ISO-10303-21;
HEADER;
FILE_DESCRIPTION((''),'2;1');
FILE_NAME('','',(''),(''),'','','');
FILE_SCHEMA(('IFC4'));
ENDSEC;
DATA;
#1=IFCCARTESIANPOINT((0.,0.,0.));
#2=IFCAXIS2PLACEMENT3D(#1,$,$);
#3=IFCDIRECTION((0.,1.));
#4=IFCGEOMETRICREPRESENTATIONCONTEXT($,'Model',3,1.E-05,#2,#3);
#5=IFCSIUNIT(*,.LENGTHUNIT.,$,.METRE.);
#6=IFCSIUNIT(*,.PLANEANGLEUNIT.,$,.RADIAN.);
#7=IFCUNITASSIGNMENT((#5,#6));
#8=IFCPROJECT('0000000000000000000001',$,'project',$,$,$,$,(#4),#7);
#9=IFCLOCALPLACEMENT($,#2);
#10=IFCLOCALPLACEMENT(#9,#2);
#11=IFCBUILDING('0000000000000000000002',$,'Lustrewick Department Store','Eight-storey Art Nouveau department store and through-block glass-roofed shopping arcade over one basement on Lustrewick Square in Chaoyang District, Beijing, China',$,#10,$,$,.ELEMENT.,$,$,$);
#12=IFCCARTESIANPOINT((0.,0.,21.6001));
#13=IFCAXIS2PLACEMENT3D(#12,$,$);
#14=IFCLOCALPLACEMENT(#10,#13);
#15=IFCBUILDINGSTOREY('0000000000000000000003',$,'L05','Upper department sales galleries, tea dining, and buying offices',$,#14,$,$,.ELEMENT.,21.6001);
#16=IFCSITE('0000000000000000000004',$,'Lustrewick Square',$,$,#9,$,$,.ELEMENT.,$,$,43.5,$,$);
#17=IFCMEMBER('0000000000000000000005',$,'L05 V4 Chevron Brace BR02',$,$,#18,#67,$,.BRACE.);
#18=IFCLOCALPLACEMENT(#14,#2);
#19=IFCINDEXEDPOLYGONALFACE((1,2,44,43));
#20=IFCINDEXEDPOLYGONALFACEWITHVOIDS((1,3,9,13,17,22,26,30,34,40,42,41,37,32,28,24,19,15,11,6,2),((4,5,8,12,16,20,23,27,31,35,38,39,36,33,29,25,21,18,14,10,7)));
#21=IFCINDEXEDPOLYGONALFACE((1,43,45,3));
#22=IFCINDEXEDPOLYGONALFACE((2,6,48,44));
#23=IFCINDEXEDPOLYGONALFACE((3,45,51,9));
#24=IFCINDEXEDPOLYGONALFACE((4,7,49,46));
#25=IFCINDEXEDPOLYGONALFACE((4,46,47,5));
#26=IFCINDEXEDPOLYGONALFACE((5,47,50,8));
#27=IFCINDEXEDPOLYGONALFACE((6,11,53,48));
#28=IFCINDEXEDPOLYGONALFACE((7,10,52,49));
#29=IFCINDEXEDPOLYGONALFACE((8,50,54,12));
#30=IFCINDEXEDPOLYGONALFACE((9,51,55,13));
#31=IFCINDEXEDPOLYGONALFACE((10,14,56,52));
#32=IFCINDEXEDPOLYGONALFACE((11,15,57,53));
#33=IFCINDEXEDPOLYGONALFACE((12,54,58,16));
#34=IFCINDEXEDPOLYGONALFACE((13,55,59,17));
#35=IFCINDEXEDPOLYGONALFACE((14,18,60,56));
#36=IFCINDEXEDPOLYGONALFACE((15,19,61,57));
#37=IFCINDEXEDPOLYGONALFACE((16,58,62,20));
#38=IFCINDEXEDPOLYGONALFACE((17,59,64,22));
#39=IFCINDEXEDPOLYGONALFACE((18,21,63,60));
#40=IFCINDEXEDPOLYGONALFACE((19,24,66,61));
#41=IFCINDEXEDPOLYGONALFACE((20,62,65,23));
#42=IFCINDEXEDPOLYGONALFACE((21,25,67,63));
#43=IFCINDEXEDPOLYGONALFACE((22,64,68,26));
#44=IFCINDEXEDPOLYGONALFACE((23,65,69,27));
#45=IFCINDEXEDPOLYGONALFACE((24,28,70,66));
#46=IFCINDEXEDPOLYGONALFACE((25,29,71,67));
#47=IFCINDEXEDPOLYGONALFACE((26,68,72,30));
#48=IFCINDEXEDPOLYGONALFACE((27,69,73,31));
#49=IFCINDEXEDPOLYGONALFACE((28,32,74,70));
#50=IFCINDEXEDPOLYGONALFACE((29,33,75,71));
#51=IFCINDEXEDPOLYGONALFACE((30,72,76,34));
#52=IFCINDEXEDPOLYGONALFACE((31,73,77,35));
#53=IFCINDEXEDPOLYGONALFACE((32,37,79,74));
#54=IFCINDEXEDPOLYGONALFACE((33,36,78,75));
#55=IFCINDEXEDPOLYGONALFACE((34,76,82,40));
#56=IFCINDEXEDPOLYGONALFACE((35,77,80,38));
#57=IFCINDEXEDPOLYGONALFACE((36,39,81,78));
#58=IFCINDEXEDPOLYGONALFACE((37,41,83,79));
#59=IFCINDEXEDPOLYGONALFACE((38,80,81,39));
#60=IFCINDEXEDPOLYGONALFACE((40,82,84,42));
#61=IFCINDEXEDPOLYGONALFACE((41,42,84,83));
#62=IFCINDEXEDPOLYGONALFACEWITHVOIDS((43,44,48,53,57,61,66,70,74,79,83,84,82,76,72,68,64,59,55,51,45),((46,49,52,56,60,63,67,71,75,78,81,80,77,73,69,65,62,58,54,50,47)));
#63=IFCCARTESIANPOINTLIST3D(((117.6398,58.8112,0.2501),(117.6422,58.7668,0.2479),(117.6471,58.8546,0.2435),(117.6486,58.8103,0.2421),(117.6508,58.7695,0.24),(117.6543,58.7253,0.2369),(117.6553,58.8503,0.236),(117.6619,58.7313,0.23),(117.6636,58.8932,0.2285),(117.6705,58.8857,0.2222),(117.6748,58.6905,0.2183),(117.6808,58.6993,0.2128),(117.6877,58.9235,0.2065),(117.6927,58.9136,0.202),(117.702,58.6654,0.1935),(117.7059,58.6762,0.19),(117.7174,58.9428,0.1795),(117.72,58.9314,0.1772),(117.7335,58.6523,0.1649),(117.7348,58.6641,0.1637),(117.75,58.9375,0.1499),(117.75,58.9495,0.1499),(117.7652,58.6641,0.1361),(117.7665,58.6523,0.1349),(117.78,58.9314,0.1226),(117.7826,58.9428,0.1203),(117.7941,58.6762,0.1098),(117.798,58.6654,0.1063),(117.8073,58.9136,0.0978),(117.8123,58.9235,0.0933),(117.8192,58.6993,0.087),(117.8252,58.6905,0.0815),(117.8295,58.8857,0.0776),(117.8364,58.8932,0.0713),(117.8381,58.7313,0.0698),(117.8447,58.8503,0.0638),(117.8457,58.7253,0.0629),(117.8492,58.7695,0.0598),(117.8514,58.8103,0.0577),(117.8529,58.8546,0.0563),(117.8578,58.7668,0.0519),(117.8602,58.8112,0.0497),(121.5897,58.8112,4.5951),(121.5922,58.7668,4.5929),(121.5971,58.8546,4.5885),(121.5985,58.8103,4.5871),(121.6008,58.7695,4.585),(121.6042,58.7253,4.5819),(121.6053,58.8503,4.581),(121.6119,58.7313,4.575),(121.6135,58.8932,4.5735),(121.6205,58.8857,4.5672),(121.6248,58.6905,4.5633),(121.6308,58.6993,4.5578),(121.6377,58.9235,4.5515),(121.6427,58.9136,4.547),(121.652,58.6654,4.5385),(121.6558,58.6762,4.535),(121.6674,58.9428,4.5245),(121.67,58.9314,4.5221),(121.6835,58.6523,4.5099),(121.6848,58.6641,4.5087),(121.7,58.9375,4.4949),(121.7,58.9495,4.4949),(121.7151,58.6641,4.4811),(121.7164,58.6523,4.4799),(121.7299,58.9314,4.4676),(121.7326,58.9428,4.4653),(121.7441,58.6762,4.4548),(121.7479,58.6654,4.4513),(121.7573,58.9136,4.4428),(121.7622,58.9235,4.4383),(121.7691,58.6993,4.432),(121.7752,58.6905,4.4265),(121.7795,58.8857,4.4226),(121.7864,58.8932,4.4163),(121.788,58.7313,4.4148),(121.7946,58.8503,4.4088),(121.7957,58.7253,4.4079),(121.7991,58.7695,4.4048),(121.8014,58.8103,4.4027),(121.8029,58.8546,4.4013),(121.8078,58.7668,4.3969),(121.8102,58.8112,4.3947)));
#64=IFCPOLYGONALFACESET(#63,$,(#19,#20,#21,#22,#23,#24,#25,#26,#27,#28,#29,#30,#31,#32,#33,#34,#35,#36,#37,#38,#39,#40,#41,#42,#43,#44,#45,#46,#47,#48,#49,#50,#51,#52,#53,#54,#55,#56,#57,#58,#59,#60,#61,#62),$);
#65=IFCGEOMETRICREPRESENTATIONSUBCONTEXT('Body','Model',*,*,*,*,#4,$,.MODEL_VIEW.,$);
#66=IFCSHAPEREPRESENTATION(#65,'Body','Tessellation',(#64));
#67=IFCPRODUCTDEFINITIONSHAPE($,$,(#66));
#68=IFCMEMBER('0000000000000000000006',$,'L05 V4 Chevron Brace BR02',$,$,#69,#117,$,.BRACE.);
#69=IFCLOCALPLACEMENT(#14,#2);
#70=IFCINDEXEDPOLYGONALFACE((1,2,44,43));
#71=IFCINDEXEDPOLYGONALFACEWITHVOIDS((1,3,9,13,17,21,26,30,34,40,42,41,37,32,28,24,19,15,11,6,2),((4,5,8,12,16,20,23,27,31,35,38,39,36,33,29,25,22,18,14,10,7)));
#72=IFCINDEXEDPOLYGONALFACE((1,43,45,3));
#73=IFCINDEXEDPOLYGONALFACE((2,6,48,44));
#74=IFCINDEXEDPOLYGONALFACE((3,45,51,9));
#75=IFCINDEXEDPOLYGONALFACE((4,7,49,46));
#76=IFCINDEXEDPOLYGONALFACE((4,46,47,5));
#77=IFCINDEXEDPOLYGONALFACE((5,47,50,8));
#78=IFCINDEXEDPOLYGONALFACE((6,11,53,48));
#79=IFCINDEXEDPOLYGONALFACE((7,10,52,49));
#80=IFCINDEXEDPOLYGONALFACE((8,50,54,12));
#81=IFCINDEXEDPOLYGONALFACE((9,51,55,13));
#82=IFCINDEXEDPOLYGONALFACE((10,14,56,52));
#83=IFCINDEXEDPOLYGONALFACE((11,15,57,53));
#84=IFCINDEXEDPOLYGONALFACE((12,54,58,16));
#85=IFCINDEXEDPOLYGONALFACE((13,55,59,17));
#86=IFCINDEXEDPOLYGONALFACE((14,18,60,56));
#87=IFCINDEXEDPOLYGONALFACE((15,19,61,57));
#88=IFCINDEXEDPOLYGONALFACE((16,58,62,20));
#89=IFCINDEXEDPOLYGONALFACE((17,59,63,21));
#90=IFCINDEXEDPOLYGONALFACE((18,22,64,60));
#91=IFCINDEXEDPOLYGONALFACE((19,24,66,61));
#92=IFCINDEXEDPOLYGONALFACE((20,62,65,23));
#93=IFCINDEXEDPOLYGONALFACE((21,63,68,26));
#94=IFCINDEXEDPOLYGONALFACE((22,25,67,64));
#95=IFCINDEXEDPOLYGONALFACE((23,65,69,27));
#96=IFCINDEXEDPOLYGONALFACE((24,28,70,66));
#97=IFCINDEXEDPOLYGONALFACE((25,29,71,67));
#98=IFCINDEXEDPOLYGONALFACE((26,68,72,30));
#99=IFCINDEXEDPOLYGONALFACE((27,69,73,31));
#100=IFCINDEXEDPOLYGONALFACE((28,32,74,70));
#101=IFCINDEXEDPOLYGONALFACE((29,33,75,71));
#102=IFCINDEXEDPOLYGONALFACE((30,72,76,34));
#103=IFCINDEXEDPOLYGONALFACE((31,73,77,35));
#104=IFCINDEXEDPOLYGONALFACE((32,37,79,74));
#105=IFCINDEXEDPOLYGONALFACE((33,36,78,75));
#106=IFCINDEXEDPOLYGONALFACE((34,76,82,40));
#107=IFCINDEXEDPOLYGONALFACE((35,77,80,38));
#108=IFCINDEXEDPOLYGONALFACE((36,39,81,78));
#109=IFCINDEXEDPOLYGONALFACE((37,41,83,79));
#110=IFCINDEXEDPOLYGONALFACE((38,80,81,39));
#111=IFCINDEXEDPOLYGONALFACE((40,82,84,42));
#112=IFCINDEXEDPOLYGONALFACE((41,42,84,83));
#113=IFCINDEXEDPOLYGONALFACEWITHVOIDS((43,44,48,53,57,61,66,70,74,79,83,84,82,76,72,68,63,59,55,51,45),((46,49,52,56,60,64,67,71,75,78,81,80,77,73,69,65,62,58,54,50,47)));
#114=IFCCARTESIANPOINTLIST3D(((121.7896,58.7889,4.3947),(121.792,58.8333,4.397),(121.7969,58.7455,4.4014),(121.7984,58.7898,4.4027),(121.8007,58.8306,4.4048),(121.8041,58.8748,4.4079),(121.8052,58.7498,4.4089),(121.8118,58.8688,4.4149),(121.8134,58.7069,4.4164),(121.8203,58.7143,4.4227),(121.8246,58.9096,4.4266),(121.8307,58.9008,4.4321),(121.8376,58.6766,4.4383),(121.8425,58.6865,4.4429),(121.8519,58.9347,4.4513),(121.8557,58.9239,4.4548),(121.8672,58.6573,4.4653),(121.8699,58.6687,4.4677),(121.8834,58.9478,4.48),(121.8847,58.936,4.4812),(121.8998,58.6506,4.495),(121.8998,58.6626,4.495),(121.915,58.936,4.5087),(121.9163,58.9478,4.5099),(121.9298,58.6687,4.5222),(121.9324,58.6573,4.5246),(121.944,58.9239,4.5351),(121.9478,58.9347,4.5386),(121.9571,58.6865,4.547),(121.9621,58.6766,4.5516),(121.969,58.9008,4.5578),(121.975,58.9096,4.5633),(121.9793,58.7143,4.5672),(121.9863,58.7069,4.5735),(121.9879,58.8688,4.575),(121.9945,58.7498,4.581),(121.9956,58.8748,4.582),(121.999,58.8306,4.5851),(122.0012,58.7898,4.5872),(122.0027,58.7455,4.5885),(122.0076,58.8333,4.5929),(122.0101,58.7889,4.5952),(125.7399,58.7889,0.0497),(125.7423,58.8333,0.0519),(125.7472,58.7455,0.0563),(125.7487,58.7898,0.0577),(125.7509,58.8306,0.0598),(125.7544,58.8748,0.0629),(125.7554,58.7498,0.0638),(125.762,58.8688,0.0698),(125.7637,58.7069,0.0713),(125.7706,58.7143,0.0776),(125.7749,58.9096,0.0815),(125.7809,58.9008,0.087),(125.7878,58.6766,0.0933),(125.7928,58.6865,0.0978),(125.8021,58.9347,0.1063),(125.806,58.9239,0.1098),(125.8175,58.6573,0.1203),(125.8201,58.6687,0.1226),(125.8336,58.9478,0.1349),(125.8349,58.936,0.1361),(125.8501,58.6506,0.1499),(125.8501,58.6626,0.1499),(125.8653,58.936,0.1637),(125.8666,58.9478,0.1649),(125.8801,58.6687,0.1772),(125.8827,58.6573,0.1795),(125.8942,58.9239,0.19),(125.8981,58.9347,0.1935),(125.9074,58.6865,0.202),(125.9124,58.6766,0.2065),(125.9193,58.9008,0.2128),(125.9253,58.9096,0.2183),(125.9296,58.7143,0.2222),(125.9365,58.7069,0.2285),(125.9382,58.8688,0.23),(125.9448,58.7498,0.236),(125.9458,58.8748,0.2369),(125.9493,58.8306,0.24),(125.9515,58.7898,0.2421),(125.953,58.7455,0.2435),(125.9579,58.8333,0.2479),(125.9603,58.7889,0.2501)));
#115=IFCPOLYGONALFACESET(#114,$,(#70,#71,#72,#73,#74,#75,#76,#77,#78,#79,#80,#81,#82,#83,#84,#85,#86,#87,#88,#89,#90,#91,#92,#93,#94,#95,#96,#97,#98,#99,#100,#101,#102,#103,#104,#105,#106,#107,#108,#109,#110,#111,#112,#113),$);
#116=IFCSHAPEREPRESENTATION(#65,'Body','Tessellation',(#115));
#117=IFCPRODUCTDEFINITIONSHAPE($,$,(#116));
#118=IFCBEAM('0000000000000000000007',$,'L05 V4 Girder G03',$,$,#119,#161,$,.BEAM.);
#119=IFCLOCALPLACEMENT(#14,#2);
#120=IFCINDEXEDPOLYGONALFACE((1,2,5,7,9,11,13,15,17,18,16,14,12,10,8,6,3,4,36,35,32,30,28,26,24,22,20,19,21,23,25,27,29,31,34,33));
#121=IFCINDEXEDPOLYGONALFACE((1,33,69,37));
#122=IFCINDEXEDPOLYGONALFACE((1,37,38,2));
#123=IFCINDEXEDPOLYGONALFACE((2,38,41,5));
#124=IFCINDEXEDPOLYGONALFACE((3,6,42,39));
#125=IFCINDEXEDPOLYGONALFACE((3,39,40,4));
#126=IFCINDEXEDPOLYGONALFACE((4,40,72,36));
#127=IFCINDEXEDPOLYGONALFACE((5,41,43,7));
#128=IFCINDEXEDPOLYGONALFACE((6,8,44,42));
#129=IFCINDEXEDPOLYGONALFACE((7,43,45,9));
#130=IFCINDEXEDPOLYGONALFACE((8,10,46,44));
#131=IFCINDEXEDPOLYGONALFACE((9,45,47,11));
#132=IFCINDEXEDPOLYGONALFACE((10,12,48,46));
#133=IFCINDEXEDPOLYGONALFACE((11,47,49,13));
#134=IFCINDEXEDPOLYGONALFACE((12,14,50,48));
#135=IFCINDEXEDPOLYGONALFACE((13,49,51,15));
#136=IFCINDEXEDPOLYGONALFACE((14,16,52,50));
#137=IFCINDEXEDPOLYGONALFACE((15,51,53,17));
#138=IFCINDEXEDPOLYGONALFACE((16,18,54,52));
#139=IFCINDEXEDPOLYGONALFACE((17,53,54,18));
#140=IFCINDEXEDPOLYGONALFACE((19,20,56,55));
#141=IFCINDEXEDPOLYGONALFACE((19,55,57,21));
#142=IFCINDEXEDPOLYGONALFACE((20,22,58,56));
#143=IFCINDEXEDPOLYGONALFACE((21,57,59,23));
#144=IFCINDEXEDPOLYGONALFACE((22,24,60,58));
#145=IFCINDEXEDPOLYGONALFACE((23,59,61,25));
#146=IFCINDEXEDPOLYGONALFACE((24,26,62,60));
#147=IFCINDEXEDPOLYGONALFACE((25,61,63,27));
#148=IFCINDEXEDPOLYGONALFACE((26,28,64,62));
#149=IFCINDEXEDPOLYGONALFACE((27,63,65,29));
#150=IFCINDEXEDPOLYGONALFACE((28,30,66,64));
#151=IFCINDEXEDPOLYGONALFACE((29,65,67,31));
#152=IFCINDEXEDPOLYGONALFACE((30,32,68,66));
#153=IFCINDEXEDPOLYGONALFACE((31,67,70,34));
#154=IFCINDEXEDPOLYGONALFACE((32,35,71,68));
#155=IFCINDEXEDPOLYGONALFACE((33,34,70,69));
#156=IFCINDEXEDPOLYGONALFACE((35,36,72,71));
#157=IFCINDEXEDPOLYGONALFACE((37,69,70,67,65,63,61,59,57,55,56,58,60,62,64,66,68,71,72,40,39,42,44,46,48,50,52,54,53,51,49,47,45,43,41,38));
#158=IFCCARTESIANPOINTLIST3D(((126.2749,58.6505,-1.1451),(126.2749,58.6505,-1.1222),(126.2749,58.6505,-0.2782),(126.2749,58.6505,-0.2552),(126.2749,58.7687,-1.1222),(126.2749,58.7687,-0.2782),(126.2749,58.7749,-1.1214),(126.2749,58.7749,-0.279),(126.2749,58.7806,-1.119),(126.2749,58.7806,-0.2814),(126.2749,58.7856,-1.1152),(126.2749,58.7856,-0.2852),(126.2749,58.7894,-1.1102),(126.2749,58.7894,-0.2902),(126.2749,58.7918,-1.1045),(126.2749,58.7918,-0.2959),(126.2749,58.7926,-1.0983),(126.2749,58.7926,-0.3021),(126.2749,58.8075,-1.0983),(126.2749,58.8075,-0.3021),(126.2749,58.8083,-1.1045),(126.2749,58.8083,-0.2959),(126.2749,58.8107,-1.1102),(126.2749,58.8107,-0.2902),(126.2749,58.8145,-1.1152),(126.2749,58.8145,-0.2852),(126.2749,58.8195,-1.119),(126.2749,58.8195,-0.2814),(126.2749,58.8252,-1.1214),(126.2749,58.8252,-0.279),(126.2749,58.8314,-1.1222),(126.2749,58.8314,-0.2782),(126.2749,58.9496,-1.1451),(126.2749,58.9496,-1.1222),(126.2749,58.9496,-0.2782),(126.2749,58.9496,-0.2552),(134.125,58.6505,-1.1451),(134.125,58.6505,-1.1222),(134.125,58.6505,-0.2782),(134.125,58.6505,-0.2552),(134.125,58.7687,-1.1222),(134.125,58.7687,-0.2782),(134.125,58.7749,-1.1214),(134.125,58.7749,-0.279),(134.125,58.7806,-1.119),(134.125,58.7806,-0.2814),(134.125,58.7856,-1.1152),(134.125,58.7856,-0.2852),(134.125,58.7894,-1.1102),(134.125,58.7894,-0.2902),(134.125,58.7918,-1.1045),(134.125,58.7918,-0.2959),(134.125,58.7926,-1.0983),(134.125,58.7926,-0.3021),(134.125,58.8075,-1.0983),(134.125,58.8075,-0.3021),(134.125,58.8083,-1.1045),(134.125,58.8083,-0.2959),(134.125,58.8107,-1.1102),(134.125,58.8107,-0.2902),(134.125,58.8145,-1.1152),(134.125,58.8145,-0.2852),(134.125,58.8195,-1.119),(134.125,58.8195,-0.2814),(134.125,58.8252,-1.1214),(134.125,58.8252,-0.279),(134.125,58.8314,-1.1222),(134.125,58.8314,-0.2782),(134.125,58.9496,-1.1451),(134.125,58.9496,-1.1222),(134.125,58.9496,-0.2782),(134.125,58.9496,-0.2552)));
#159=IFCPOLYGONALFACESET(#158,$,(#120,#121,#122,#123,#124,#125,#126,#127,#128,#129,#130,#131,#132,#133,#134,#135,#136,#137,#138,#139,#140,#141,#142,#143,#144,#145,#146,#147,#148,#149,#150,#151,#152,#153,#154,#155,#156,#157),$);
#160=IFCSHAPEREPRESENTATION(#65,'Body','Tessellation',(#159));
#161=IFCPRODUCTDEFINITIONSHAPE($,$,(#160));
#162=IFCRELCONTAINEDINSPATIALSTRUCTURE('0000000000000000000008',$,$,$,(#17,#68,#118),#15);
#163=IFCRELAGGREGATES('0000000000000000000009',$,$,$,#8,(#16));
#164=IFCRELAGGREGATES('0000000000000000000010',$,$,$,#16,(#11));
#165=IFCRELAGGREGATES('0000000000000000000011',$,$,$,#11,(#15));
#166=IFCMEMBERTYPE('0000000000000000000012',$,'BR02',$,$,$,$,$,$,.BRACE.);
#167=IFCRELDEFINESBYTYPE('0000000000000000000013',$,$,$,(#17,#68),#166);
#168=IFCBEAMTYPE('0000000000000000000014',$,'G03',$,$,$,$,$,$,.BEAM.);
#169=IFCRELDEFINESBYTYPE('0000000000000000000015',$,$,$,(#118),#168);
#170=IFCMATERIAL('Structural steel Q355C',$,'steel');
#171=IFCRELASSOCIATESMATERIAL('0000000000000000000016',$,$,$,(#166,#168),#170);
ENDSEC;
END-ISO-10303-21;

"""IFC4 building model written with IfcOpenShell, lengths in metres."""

from ifc_helpers import new_model, si_unit, direction, frame, origin, origin_2d, place, context, subcontext, project, spatial, hollow_circle, i_section, extrude, material, material_profile, profile_set, type_object, element, save


model = new_model("IFC4")

# Units and contexts
model_context = context("Model", 3, precision=1e-05, world=origin(), true_north=direction((0.0, 1.0)))
body_context = subcontext(model_context, "Body", "Model", "MODEL_VIEW")
ifc_project = project(units=[si_unit("LENGTHUNIT", "METRE"), si_unit("PLANEANGLEUNIT", "RADIAN")], contexts=[model_context])

# Site, building, storey
site_placement = place(None, origin())
site = spatial("IfcSite", under=ifc_project, at=site_placement, Name="Lustrewick Square", CompositionType="ELEMENT", RefElevation=43.5)
building_placement = place(site_placement, origin())
building = spatial("IfcBuilding", under=site, at=building_placement, Name="Lustrewick Department Store", Description="Eight-storey Art Nouveau department store and through-block glass-roofed shopping arcade over one basement on Lustrewick Square in Chaoyang District, Beijing, China", CompositionType="ELEMENT")
storey_placement = place(building_placement, frame((0.0, 0.0, 21.6001)))
storey = spatial("IfcBuildingStorey", under=building, at=storey_placement, Name="L05", Description="Upper department sales galleries, tea dining, and buying offices", CompositionType="ELEMENT", Elevation=21.6001)

# Members
ifc_material_1 = material(Name="Structural steel Q355C", Category="steel")
ifc_material_profile_1 = material_profile(ifc_material_1, hollow_circle(Radius=0.1494, WallThickness=0.012, at=origin_2d()), Name="CHS 299x12")
ifc_profile_set_1 = profile_set([ifc_material_profile_1], Name="Structural steel Q355C")
member_type = type_object("IfcMemberType", Name="BR02", PredefinedType="BRACE", material=ifc_profile_set_1)
member_1_placement = place(storey_placement, frame((117.75, 58.8, 0.1499), z_axis=(0.672671, 0.0, 0.739942), x_axis=(0.0, 1.0, 0.0)))
element("IfcMember", 1, at=member_1_placement, inside=storey, type_object=member_type, Name="L05 V4 Chevron Brace BR02", PredefinedType="BRACE", context=body_context, shape_type="SweptSolid", body=[
    extrude(hollow_circle(Radius=0.1494, WallThickness=0.012, at=origin_2d()), origin(), (0.0, 0.0, 1.0), 5.8721),
])
member_2_placement = place(storey_placement, frame((125.8501, 58.8, 0.1499), z_axis=(-0.672693, 0.0, 0.739921), x_axis=(0.0, -1.0, 0.0)))
element("IfcMember", 2, at=member_2_placement, inside=storey, type_object=member_type, Name="L05 V4 Chevron Brace BR02", PredefinedType="BRACE", context=body_context, shape_type="SweptSolid", body=[
    extrude(hollow_circle(Radius=0.1494, WallThickness=0.012, at=origin_2d()), origin(), (0.0, 0.0, 1.0), 5.8723),
])

# Beam
ifc_material_profile_2 = material_profile(ifc_material_1, i_section(OverallWidth=0.2991, OverallDepth=0.8899, WebThickness=0.0149, FlangeThickness=0.0229, FilletRadius=0.0239, at=origin_2d()), Name="HN 890x299x15x23")
ifc_profile_set_2 = profile_set([ifc_material_profile_2], Name="Structural steel Q355C")
beam_type_1 = type_object("IfcBeamType", Name="G03", PredefinedType="BEAM", material=ifc_profile_set_2)
beam_1_placement = place(storey_placement, frame((126.2749, 58.8, -0.7002), z_axis=(1.0, 0.0, 0.0), x_axis=(0.0, 1.0, 0.0)))
element("IfcBeam", 3, at=beam_1_placement, inside=storey, type_object=beam_type_1, Name="L05 V4 Girder G03", PredefinedType="BEAM", context=body_context, shape_type="SweptSolid", body=[
    extrude(i_section(OverallWidth=0.2991, OverallDepth=0.8899, WebThickness=0.0149, FlangeThickness=0.0229, FilletRadius=0.0239, at=origin_2d()), origin(), (0.0, 0.0, 1.0), 7.8501),
])

save(model, "model.ifc")
